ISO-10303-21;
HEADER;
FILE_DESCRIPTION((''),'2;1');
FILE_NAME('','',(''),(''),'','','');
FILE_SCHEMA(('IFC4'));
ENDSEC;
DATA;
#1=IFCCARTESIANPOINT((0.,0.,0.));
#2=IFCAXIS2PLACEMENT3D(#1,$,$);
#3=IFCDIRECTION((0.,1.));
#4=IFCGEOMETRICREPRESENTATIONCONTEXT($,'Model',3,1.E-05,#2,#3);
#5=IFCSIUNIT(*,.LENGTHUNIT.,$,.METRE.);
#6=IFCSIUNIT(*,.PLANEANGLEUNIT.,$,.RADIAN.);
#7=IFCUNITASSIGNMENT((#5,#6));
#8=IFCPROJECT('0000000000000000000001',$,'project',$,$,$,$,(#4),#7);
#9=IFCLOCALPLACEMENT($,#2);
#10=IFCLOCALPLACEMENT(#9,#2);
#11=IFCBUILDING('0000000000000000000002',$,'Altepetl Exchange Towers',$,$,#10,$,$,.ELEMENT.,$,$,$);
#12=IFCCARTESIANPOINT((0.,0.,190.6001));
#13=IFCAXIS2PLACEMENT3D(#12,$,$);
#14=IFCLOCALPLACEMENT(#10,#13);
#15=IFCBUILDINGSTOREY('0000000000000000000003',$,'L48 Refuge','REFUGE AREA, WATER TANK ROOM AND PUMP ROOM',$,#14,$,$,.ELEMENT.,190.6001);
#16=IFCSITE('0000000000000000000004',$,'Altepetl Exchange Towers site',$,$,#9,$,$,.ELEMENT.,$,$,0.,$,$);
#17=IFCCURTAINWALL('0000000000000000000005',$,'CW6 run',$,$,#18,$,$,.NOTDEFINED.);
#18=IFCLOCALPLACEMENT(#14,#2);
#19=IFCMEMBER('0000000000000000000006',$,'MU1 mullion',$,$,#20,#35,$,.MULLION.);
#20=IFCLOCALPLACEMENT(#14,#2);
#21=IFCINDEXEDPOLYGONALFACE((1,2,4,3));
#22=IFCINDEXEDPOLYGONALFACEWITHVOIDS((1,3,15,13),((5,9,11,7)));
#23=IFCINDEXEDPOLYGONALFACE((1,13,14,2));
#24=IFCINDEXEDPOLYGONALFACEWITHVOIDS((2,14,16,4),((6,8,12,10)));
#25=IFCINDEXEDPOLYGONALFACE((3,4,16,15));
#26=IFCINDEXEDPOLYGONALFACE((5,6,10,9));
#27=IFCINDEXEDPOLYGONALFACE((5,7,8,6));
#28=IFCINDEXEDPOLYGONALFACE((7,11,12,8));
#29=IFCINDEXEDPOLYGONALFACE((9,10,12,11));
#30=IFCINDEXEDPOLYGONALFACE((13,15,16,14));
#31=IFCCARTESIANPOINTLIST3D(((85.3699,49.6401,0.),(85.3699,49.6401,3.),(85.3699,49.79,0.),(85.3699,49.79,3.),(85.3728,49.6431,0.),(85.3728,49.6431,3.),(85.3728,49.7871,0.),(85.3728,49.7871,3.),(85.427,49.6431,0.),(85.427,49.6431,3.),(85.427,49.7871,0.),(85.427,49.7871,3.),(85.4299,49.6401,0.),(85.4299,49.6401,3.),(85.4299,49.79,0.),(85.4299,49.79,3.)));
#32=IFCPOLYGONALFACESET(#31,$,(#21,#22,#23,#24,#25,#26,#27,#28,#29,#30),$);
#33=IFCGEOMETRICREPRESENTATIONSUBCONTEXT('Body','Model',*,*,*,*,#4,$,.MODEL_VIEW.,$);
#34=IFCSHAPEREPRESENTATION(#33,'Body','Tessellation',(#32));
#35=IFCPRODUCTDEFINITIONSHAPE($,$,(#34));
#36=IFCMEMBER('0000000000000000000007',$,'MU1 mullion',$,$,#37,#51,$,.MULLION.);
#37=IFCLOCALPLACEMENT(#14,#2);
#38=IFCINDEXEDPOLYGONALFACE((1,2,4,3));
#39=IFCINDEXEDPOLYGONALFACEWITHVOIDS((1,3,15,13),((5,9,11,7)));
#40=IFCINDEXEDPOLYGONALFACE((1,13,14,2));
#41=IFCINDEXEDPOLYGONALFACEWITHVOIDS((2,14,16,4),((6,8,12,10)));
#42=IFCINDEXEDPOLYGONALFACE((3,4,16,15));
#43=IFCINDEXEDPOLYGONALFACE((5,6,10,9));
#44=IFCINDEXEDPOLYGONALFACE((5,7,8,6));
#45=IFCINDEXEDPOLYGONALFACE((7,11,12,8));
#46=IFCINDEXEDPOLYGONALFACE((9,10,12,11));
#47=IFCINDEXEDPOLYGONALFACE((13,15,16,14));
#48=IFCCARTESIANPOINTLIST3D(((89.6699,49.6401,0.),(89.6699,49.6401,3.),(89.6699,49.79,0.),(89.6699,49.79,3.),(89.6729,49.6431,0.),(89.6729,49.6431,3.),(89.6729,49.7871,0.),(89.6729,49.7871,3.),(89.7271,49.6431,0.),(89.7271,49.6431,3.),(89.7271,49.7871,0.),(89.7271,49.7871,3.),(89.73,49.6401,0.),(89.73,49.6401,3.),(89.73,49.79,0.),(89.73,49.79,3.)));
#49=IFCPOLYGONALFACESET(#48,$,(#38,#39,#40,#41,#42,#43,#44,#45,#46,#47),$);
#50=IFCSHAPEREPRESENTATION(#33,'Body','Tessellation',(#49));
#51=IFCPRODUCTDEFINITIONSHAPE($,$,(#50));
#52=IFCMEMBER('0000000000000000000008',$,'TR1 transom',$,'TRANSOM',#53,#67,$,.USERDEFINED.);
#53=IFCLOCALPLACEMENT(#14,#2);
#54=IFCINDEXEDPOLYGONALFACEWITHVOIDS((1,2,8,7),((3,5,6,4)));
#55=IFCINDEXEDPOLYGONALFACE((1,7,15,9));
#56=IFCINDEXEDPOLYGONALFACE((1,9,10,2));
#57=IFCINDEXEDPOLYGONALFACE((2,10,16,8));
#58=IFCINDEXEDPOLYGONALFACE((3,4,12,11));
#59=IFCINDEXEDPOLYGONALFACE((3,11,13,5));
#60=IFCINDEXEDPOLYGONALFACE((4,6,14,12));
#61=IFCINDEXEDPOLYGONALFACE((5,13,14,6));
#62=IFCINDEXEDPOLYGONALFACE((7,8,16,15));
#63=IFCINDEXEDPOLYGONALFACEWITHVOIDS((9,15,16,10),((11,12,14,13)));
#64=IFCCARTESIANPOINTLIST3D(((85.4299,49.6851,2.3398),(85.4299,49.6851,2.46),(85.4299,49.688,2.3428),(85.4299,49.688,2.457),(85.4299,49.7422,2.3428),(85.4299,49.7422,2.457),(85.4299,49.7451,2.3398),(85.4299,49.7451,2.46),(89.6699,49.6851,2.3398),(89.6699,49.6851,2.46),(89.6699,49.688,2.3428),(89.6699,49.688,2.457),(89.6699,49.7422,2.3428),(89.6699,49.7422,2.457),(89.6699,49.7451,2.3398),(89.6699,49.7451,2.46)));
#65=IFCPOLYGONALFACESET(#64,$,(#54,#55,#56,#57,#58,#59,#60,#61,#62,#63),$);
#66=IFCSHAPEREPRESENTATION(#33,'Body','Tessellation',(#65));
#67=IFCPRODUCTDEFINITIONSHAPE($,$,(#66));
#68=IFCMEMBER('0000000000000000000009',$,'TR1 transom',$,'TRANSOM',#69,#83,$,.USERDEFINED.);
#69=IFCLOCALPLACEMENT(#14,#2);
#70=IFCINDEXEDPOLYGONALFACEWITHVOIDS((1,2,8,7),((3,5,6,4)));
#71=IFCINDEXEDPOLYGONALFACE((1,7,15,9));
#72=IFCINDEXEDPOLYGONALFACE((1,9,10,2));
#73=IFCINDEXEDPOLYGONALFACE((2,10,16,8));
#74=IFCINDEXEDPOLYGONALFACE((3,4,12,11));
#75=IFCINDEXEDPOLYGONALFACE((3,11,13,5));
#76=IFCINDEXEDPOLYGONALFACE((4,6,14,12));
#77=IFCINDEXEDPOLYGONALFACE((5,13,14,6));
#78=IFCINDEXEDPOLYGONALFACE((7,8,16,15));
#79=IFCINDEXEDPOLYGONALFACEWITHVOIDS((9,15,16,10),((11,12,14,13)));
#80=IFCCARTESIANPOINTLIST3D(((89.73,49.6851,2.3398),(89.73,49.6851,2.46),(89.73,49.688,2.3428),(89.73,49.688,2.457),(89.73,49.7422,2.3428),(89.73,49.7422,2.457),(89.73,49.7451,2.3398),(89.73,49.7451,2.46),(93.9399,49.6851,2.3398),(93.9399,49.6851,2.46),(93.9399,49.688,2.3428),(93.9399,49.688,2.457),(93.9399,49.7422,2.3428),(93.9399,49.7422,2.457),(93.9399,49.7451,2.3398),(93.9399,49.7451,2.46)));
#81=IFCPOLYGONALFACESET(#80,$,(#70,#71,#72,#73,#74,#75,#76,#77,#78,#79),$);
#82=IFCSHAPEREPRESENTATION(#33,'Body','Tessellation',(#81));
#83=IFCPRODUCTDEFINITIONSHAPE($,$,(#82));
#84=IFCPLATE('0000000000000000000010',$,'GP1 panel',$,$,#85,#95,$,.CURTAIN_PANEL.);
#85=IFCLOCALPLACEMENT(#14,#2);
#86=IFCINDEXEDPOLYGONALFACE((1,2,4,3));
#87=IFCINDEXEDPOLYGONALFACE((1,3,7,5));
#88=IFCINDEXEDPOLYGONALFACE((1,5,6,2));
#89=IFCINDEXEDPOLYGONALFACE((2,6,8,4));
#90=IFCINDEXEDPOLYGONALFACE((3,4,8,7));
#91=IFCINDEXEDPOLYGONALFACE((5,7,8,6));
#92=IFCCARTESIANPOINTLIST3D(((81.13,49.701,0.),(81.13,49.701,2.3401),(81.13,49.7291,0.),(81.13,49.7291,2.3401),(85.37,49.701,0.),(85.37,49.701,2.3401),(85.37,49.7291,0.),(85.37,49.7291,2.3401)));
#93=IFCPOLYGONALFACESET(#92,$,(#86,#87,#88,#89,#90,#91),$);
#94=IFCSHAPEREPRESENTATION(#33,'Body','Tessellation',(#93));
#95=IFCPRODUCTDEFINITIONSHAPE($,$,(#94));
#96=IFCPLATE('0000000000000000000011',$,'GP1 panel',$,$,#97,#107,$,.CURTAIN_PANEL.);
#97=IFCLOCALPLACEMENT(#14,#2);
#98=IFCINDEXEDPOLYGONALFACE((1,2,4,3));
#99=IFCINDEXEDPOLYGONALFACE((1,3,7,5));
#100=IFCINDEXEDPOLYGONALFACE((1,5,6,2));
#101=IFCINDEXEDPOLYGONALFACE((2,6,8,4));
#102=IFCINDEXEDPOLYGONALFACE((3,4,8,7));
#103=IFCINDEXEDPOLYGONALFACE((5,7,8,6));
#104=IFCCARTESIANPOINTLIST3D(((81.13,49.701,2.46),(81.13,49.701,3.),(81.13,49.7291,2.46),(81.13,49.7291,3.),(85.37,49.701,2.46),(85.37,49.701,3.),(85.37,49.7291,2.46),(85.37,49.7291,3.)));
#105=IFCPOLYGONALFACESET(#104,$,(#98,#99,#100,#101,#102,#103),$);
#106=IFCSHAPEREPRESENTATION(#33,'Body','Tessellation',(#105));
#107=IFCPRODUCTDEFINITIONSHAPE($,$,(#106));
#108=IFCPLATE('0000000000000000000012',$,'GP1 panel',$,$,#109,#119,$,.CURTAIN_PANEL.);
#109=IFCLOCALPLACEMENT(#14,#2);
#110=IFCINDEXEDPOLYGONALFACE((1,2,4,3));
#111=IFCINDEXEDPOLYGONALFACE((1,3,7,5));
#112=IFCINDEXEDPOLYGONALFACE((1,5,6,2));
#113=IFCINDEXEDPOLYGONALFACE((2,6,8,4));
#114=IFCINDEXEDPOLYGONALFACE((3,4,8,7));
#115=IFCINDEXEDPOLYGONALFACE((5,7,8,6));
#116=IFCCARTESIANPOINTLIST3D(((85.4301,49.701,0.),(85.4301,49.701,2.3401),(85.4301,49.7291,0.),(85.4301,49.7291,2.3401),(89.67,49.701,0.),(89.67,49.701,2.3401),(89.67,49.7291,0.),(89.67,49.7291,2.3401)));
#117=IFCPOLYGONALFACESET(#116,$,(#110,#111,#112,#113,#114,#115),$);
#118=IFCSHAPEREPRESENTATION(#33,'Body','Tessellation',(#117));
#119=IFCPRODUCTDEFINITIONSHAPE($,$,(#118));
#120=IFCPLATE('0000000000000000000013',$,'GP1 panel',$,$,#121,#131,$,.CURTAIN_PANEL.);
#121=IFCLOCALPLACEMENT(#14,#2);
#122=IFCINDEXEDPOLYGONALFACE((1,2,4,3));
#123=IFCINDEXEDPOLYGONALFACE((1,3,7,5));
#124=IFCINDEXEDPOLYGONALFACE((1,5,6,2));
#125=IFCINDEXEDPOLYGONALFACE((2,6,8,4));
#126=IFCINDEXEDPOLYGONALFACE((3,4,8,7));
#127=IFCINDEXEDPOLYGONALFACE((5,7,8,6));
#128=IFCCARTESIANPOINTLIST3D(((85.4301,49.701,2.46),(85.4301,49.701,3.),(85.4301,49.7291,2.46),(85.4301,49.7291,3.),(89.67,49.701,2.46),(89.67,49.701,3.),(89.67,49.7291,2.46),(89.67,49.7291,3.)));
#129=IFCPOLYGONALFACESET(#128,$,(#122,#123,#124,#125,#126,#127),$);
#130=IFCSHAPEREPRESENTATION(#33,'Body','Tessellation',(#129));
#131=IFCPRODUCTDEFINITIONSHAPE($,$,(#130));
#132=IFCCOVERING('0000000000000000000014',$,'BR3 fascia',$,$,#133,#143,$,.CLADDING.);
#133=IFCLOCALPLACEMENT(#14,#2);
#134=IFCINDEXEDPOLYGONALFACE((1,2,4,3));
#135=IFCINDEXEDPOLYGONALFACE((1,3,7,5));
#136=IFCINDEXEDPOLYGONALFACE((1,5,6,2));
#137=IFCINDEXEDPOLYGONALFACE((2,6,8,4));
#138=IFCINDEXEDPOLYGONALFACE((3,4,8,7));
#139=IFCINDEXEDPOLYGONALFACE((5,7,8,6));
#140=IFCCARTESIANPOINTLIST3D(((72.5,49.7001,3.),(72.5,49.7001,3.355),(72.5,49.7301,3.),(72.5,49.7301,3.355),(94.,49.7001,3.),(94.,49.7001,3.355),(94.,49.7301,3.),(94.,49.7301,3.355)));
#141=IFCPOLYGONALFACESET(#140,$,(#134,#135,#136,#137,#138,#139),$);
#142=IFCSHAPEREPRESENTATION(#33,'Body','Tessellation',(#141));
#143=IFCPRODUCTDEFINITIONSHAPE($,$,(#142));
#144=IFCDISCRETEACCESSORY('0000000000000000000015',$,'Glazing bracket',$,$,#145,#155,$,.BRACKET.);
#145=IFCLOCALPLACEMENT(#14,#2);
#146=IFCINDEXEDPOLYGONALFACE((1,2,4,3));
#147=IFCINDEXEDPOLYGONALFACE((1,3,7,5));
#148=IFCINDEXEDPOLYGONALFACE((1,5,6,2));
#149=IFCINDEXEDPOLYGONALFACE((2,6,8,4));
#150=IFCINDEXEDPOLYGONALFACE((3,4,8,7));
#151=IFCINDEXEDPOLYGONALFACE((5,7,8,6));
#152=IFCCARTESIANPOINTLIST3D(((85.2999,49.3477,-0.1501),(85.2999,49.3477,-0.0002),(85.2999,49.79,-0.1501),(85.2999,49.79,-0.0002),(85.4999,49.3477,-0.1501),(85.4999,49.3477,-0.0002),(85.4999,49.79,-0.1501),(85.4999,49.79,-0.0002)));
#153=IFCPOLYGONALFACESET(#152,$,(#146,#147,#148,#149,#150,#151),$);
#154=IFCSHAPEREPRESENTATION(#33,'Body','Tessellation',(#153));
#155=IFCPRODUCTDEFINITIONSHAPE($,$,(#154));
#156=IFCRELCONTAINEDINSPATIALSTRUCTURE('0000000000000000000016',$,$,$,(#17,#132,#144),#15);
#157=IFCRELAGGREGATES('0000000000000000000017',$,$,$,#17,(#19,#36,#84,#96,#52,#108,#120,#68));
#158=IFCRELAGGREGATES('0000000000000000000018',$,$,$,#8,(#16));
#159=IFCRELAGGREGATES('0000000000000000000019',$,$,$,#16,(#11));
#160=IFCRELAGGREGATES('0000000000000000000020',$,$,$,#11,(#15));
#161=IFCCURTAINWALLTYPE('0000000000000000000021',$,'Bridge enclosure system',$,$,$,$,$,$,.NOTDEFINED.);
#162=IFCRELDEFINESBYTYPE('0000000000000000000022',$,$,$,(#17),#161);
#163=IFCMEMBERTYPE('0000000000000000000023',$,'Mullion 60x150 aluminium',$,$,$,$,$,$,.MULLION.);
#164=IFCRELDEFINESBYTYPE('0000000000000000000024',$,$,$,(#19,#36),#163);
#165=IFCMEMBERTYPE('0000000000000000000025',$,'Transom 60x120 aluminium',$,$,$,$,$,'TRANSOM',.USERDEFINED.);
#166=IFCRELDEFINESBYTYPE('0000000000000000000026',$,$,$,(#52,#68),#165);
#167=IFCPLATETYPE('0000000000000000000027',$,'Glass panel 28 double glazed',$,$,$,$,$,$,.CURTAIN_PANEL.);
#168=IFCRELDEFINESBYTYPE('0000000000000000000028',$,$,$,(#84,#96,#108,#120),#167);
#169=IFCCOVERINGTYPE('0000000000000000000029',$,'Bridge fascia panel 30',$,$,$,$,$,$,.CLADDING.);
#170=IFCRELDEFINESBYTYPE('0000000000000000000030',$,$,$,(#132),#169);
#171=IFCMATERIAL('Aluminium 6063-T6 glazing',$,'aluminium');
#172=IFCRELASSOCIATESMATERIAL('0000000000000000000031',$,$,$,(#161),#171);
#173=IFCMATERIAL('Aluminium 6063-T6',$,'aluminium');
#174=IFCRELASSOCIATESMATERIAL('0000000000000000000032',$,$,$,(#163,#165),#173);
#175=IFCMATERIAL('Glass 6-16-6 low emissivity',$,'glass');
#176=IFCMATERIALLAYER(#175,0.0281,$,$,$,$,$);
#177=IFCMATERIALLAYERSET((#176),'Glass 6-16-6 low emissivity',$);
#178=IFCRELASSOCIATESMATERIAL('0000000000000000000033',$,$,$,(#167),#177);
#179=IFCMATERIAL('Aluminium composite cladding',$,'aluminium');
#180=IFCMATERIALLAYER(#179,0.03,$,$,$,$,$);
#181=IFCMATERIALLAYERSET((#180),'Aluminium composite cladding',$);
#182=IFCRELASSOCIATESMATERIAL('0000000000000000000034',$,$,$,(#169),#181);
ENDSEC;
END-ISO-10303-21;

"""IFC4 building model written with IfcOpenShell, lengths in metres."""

from ifc_helpers import new_model, si_unit, direction, frame, origin, origin_2d, place, context, subcontext, project, spatial, rectangle, hollow_rectangle, extrude, material, layer, layer_set, material_profile, profile_set, type_object, element, aggregate, save


model = new_model("IFC4")

# Units and contexts
model_context = context("Model", 3, precision=1e-05, world=origin(), true_north=direction((0.0, 1.0)))
body_context = subcontext(model_context, "Body", "Model", "MODEL_VIEW")
ifc_project = project(units=[si_unit("LENGTHUNIT", "METRE"), si_unit("PLANEANGLEUNIT", "RADIAN")], contexts=[model_context])

# Site, building, storey
site_placement = place(None, origin())
site = spatial("IfcSite", under=ifc_project, at=site_placement, Name="Altepetl Exchange Towers site", CompositionType="ELEMENT", RefElevation=0.0)
building_placement = place(site_placement, origin())
building = spatial("IfcBuilding", under=site, at=building_placement, Name="Altepetl Exchange Towers", CompositionType="ELEMENT")
storey_placement = place(building_placement, frame((0.0, 0.0, 190.6001)))
storey = spatial("IfcBuildingStorey", under=building, at=storey_placement, Name="L48 Refuge", Description="REFUGE AREA, WATER TANK ROOM AND PUMP ROOM", CompositionType="ELEMENT", Elevation=190.6001)

# Curtain wall, members, plates
ifc_material_1 = material(Name="Aluminium 6063-T6 glazing", Category="aluminium")
curtain_wall_type = type_object("IfcCurtainWallType", Name="Bridge enclosure system", PredefinedType="NOTDEFINED", material=ifc_material_1)
curtain_wall_placement = place(storey_placement, origin())
curtain_wall = element("IfcCurtainWall", 1, at=curtain_wall_placement, inside=storey, type_object=curtain_wall_type, Name="CW6 run", PredefinedType="NOTDEFINED")
ifc_material_2 = material(Name="Aluminium 6063-T6", Category="aluminium")
ifc_material_profile_1 = material_profile(ifc_material_2, hollow_rectangle(XDim=0.0601, YDim=0.1499, WallThickness=0.0029, at=origin_2d()), Name="Mullion 60x150 aluminium")
ifc_profile_set_1 = profile_set([ifc_material_profile_1], Name="Aluminium 6063-T6")
member_type_1 = type_object("IfcMemberType", Name="Mullion 60x150 aluminium", PredefinedType="MULLION", material=ifc_profile_set_1)
member_1_placement = place(storey_placement, frame((85.3999, 49.7151, 0.0)))
member_1 = element("IfcMember", 2, at=member_1_placement, type_object=member_type_1, Name="MU1 mullion", PredefinedType="MULLION", context=body_context, shape_type="SweptSolid", body=[
    extrude(hollow_rectangle(XDim=0.0601, YDim=0.1499, WallThickness=0.0029, at=origin_2d()), origin(), (0.0, 0.0, 1.0), 3.0),
])
member_2_placement = place(storey_placement, frame((89.7, 49.7151, 0.0)))
member_2 = element("IfcMember", 3, at=member_2_placement, type_object=member_type_1, Name="MU1 mullion", PredefinedType="MULLION", context=body_context, shape_type="SweptSolid", body=[
    extrude(hollow_rectangle(XDim=0.0601, YDim=0.1499, WallThickness=0.0029, at=origin_2d()), origin(), (0.0, 0.0, 1.0), 3.0),
])
ifc_material_profile_2 = material_profile(ifc_material_2, hollow_rectangle(XDim=0.0601, YDim=0.1201, WallThickness=0.0029, at=origin_2d()), Name="Transom 60x120 aluminium")
ifc_profile_set_2 = profile_set([ifc_material_profile_2], Name="Aluminium 6063-T6")
member_type_2 = type_object("IfcMemberType", Name="Transom 60x120 aluminium", ElementType="TRANSOM", PredefinedType="USERDEFINED", material=ifc_profile_set_2)
member_3_placement = place(storey_placement, frame((85.4299, 49.7151, 2.3999), z_axis=(1.0, 0.0, 0.0), x_axis=(0.0, 1.0, 0.0)))
member_3 = element("IfcMember", 4, at=member_3_placement, type_object=member_type_2, Name="TR1 transom", ObjectType="TRANSOM", PredefinedType="USERDEFINED", context=body_context, shape_type="SweptSolid", body=[
    extrude(hollow_rectangle(XDim=0.0601, YDim=0.1201, WallThickness=0.0029, at=origin_2d()), origin(), (0.0, 0.0, 1.0), 4.24),
])
member_4_placement = place(storey_placement, frame((89.73, 49.7151, 2.3999), z_axis=(1.0, 0.0, 0.0), x_axis=(0.0, 1.0, 0.0)))
member_4 = element("IfcMember", 5, at=member_4_placement, type_object=member_type_2, Name="TR1 transom", ObjectType="TRANSOM", PredefinedType="USERDEFINED", context=body_context, shape_type="SweptSolid", body=[
    extrude(hollow_rectangle(XDim=0.0601, YDim=0.1201, WallThickness=0.0029, at=origin_2d()), origin(), (0.0, 0.0, 1.0), 4.21),
])
ifc_material_3 = material(Name="Glass 6-16-6 low emissivity", Category="glass")
ifc_layer_1 = layer(ifc_material_3, 0.0281)
ifc_layer_set_1 = layer_set([ifc_layer_1], Name="Glass 6-16-6 low emissivity")
plate_type = type_object("IfcPlateType", Name="Glass panel 28 double glazed", PredefinedType="CURTAIN_PANEL", material=ifc_layer_set_1)
plate_1_placement = place(storey_placement, frame((83.25, 49.7151, 0.0)))
plate_1 = element("IfcPlate", 6, at=plate_1_placement, type_object=plate_type, Name="GP1 panel", PredefinedType="CURTAIN_PANEL", context=body_context, shape_type="SweptSolid", body=[
    extrude(rectangle(XDim=4.24, YDim=0.0281, at=origin_2d()), origin(), (0.0, 0.0, 1.0), 2.3401),
])
plate_2_placement = place(storey_placement, frame((83.25, 49.7151, 2.46)))
plate_2 = element("IfcPlate", 7, at=plate_2_placement, type_object=plate_type, Name="GP1 panel", PredefinedType="CURTAIN_PANEL", context=body_context, shape_type="SweptSolid", body=[
    extrude(rectangle(XDim=4.24, YDim=0.0281, at=origin_2d()), origin(), (0.0, 0.0, 1.0), 0.54),
])
plate_3_placement = place(storey_placement, frame((87.55, 49.7151, 0.0)))
plate_3 = element("IfcPlate", 8, at=plate_3_placement, type_object=plate_type, Name="GP1 panel", PredefinedType="CURTAIN_PANEL", context=body_context, shape_type="SweptSolid", body=[
    extrude(rectangle(XDim=4.24, YDim=0.0281, at=origin_2d()), origin(), (0.0, 0.0, 1.0), 2.3401),
])
plate_4_placement = place(storey_placement, frame((87.55, 49.7151, 2.46)))
plate_4 = element("IfcPlate", 9, at=plate_4_placement, type_object=plate_type, Name="GP1 panel", PredefinedType="CURTAIN_PANEL", context=body_context, shape_type="SweptSolid", body=[
    extrude(rectangle(XDim=4.24, YDim=0.0281, at=origin_2d()), origin(), (0.0, 0.0, 1.0), 0.54),
])
aggregate(curtain_wall, [member_1, member_2, plate_1, plate_2, member_3, plate_3, plate_4, member_4])

# Covering
ifc_material_4 = material(Name="Aluminium composite cladding", Category="aluminium")
ifc_layer_2 = layer(ifc_material_4, 0.03)
ifc_layer_set_2 = layer_set([ifc_layer_2], Name="Aluminium composite cladding")
covering_type = type_object("IfcCoveringType", Name="Bridge fascia panel 30", PredefinedType="CLADDING", material=ifc_layer_set_2)
covering_placement = place(storey_placement, frame((83.25, 49.7151, 3.0)))
element("IfcCovering", 10, at=covering_placement, inside=storey, type_object=covering_type, Name="BR3 fascia", PredefinedType="CLADDING", context=body_context, shape_type="SweptSolid", body=[
    extrude(rectangle(XDim=21.5, YDim=0.03, at=origin_2d()), origin(), (0.0, 0.0, 1.0), 0.355),
])

# Discrete accessory
discrete_accessory_placement = place(storey_placement, frame((85.3999, 49.5688, -0.1501)))
element("IfcDiscreteAccessory", 11, at=discrete_accessory_placement, inside=storey, Name="Glazing bracket", PredefinedType="BRACKET", context=body_context, shape_type="SweptSolid", body=[
    extrude(rectangle(XDim=0.2, YDim=0.4424, at=origin_2d()), origin(), (0.0, 0.0, 1.0), 0.1499),
])

save(model, "model.ifc")
